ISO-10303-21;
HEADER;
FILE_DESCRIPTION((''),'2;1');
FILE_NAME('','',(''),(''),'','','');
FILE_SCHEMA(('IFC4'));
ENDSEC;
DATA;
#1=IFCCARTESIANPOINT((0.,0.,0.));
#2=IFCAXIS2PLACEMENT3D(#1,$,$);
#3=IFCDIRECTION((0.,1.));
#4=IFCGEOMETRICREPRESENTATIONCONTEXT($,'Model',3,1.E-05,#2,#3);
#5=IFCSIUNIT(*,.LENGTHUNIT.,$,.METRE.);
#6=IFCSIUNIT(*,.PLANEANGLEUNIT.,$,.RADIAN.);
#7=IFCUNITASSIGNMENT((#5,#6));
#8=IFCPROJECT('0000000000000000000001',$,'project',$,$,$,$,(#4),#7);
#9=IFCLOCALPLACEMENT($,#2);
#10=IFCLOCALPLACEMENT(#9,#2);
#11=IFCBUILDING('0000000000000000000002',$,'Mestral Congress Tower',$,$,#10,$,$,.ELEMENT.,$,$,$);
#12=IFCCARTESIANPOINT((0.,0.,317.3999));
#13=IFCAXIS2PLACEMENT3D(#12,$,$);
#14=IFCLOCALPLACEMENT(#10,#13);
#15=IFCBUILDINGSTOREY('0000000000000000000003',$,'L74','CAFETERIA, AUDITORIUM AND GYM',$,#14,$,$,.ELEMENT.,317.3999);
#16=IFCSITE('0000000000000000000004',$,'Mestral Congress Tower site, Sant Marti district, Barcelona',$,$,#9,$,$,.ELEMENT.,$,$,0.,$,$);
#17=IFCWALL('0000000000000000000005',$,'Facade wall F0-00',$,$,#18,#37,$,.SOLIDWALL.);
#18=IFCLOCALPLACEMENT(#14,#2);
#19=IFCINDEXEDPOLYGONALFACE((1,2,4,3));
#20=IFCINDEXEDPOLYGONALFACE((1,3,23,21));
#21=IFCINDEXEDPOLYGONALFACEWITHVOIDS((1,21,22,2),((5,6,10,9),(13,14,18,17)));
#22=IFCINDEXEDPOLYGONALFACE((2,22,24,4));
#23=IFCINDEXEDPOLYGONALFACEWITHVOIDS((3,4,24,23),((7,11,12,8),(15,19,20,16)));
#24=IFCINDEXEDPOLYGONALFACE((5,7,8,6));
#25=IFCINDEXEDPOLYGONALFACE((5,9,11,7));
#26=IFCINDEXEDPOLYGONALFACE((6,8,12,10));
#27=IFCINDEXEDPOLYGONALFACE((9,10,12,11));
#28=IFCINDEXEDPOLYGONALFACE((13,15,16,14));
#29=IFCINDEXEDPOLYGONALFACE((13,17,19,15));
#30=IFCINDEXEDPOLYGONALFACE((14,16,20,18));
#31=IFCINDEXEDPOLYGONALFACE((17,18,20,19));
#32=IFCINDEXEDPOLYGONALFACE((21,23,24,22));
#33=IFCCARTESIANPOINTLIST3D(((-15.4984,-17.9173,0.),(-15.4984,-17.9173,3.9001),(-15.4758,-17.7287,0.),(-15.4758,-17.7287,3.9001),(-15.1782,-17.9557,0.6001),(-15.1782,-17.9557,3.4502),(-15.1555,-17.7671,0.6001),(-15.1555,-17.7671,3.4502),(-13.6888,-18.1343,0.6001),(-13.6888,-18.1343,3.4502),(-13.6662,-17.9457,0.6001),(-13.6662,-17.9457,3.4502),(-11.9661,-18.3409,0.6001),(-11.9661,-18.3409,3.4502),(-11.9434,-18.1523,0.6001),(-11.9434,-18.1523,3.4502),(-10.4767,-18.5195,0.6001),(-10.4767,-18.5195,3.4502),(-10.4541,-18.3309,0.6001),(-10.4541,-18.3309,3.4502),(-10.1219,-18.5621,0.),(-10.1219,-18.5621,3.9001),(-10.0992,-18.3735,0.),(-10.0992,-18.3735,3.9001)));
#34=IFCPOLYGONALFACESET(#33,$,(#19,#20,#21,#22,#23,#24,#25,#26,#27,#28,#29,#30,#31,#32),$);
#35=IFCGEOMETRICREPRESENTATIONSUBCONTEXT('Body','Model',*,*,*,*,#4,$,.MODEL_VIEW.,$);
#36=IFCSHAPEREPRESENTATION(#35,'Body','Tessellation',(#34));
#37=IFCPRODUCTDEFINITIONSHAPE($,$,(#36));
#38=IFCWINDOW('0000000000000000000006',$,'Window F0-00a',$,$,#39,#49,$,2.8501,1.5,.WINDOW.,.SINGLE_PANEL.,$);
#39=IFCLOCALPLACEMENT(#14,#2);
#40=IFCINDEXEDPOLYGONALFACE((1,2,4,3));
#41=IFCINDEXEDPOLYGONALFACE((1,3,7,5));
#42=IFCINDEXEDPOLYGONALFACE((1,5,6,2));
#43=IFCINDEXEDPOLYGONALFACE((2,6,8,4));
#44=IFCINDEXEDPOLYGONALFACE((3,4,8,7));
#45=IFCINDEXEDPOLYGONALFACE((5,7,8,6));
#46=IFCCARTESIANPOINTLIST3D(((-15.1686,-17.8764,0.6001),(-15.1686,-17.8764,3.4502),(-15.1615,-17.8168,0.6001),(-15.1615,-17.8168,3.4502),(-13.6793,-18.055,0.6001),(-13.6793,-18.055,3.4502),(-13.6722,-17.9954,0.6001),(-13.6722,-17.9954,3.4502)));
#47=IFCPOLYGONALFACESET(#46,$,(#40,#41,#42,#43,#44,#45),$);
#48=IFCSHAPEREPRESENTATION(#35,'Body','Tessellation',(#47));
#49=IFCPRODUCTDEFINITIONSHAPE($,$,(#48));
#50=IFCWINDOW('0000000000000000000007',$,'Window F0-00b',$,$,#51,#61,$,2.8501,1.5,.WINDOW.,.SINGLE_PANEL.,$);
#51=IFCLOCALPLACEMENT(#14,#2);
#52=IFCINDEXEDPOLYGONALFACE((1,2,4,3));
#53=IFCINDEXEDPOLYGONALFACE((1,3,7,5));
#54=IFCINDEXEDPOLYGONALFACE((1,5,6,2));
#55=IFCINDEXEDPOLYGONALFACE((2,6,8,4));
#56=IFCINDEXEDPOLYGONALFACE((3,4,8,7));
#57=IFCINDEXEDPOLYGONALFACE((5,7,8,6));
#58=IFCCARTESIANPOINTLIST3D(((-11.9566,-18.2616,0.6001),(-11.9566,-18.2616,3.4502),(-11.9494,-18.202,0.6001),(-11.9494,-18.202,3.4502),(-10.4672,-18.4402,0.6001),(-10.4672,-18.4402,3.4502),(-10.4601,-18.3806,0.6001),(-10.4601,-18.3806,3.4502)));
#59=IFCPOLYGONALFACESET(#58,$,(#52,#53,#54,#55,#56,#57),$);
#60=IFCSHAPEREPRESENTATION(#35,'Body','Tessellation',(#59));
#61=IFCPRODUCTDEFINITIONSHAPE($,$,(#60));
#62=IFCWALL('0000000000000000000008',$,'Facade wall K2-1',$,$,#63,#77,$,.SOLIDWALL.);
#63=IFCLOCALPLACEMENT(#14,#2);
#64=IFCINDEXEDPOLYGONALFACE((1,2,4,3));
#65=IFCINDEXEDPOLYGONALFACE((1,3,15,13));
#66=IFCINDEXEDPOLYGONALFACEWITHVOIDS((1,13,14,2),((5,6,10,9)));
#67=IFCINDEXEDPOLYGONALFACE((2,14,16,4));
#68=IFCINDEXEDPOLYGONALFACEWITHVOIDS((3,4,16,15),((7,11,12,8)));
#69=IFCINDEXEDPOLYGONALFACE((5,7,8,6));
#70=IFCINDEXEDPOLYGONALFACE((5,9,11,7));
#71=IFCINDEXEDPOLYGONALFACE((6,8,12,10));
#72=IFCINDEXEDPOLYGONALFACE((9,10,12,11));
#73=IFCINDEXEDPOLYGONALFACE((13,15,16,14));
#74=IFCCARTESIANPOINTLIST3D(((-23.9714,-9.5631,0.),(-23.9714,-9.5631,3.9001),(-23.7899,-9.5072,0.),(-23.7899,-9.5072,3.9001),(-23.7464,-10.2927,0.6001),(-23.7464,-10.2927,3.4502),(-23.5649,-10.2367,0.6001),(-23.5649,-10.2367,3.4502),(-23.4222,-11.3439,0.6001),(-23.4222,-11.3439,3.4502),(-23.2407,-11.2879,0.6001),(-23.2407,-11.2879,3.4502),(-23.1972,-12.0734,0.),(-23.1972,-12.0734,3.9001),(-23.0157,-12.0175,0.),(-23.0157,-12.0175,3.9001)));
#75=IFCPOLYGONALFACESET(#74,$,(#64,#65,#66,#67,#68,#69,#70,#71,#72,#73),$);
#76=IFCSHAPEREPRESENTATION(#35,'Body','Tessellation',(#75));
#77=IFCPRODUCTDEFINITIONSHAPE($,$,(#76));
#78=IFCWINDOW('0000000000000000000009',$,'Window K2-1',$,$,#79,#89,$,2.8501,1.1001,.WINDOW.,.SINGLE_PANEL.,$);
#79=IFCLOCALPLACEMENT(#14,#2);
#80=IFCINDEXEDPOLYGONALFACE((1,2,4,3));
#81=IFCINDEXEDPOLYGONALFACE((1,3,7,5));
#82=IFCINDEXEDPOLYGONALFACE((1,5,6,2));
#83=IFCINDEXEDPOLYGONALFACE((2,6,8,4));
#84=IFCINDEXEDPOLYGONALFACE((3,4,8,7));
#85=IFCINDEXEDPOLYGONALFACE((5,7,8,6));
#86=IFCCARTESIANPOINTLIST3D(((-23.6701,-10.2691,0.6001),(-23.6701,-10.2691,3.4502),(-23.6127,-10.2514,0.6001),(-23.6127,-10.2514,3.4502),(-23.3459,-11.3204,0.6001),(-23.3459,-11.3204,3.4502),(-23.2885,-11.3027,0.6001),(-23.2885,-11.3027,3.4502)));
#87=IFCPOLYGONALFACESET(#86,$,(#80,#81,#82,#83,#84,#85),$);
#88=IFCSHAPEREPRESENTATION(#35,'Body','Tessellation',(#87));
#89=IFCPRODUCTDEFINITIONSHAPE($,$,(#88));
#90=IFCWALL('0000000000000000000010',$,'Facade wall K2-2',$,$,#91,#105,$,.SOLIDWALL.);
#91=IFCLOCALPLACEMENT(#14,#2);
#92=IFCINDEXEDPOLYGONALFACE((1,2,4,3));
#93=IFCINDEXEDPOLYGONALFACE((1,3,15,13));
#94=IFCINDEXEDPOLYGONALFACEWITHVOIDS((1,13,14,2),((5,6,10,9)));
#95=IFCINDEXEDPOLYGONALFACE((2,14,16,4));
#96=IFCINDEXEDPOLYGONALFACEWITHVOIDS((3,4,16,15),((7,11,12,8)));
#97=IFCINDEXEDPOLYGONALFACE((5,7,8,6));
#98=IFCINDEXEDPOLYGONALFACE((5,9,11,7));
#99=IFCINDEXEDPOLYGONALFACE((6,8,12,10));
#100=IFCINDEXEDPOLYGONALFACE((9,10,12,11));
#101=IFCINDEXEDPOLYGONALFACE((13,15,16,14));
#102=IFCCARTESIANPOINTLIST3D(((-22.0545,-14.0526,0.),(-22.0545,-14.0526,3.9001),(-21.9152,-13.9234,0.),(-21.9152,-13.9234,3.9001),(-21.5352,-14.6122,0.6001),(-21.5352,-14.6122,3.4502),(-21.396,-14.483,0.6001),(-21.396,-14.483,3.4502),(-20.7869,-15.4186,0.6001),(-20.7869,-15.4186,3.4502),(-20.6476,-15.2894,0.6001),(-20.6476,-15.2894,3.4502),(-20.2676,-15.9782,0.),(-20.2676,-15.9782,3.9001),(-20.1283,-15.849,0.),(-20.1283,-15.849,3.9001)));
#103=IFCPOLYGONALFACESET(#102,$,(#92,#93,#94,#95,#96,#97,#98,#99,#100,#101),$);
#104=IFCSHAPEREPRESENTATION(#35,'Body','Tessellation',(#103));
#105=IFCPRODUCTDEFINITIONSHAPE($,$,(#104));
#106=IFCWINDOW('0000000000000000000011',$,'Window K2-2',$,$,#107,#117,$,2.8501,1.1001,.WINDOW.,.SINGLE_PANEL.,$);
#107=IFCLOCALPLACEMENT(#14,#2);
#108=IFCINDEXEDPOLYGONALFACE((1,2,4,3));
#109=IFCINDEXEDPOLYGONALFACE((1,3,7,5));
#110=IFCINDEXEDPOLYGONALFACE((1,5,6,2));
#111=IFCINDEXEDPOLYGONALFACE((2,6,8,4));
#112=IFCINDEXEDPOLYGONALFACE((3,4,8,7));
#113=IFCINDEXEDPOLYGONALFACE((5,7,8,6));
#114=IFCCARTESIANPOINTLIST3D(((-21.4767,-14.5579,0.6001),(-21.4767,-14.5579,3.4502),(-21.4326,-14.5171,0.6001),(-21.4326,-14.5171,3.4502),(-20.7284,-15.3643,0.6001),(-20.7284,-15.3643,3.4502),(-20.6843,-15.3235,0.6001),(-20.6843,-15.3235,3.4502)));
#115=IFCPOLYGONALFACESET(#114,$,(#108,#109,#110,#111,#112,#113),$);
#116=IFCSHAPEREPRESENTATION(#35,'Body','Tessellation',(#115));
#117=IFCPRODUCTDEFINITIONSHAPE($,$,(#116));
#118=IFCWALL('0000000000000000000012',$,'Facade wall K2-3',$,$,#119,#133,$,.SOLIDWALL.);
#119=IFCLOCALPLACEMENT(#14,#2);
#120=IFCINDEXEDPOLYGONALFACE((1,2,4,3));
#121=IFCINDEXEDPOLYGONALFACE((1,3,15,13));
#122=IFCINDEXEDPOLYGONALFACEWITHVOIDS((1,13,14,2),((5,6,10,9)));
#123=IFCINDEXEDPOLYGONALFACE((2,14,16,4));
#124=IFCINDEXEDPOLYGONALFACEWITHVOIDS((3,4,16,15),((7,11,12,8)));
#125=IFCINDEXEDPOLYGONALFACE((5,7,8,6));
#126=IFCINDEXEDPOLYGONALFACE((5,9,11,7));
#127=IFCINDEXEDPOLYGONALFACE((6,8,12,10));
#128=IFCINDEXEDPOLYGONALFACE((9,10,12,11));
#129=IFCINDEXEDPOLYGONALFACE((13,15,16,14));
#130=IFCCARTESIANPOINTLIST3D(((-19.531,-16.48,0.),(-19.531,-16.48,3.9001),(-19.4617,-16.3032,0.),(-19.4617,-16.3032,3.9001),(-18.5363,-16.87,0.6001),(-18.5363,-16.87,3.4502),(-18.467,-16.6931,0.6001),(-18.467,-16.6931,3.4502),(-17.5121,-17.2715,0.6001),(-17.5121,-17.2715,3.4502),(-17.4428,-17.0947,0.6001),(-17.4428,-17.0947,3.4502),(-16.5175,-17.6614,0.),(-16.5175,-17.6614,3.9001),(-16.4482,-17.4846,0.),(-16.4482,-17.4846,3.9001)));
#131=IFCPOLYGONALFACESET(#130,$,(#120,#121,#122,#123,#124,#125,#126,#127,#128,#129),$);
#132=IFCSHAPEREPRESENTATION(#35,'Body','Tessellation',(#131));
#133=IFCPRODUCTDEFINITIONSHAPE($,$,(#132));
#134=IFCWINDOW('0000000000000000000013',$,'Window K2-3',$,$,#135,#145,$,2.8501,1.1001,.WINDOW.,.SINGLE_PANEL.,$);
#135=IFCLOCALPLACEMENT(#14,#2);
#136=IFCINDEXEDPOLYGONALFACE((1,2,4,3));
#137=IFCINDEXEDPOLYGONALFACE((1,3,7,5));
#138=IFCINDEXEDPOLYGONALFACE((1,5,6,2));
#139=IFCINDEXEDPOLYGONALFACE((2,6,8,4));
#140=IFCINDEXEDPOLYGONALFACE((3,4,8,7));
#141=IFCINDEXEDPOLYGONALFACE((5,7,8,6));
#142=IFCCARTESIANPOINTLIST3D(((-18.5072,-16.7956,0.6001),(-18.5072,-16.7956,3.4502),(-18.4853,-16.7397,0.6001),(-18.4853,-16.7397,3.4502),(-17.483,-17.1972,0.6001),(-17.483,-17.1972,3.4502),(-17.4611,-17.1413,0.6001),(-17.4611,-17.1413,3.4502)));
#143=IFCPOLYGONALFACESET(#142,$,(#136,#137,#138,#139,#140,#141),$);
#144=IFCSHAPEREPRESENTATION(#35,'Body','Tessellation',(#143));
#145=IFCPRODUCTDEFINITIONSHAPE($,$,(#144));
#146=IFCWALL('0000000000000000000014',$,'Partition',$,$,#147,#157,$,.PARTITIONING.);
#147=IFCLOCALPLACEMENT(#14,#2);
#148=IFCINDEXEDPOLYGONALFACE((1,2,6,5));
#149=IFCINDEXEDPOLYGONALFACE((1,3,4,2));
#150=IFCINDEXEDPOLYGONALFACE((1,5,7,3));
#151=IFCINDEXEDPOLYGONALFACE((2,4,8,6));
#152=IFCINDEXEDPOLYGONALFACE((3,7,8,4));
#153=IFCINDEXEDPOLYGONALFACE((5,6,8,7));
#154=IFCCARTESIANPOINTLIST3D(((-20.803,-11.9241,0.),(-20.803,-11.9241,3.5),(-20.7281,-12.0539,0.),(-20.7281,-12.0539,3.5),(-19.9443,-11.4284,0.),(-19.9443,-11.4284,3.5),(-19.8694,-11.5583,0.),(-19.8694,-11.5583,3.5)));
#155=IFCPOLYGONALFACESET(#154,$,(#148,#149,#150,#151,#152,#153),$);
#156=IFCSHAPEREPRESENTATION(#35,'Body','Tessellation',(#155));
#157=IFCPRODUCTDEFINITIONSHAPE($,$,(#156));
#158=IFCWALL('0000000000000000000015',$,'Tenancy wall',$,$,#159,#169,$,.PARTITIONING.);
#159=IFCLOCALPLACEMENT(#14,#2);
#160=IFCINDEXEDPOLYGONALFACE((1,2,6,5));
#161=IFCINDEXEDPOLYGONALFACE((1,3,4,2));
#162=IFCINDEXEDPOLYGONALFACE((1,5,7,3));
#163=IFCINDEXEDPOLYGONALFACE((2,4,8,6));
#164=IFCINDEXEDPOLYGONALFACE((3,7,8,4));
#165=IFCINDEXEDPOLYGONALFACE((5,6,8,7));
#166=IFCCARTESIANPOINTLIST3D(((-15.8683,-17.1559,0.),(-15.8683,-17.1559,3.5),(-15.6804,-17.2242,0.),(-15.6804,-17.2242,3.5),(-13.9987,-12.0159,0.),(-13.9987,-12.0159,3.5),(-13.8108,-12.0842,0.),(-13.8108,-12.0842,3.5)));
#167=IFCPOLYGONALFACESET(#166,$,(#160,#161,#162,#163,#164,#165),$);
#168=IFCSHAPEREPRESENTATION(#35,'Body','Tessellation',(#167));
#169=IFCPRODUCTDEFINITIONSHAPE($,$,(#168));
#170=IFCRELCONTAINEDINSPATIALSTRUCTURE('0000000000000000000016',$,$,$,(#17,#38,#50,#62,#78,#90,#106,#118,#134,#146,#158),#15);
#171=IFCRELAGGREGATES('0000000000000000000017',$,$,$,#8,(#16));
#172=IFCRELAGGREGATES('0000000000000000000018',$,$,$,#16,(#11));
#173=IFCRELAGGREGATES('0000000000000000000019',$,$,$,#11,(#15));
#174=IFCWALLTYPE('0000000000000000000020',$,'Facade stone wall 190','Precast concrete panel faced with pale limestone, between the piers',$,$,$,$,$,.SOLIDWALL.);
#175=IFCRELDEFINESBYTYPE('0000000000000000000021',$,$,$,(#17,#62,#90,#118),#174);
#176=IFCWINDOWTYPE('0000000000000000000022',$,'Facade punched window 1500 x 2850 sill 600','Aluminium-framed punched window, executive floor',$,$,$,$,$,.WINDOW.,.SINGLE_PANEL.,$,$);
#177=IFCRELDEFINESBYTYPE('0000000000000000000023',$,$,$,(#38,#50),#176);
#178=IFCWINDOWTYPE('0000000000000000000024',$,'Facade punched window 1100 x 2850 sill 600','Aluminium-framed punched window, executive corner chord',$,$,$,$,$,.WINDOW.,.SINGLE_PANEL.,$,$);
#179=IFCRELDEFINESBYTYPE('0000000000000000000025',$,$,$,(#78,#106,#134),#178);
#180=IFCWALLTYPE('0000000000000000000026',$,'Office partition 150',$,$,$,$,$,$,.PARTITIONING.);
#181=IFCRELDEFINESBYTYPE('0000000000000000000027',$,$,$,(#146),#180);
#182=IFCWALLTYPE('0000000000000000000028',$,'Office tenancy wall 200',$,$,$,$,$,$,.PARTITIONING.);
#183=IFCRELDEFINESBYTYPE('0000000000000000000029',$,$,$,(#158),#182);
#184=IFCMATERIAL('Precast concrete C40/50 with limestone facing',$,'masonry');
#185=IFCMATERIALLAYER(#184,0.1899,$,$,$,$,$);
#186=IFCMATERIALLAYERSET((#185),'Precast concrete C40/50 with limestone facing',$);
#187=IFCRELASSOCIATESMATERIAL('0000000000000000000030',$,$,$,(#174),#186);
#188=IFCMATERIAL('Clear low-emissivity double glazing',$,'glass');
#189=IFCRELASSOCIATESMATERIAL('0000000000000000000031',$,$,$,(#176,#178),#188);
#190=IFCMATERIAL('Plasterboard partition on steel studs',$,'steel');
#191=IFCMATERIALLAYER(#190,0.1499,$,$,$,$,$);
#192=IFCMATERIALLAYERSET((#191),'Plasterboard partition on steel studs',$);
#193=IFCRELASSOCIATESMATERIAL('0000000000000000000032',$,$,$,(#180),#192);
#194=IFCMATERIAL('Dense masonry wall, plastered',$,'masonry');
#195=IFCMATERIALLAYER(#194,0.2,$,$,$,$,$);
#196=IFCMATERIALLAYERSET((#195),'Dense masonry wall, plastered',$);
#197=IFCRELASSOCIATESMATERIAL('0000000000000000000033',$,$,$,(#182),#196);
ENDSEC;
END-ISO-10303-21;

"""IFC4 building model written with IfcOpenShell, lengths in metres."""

from ifc_helpers import new_model, si_unit, direction, frame, frame_2d, origin, place, context, subcontext, project, spatial, rectangle, extrude, material, layer, layer_set, type_object, element, fill, save


model = new_model("IFC4")

# Units and contexts
model_context = context("Model", 3, precision=1e-05, world=origin(), true_north=direction((0.0, 1.0)))
body_context = subcontext(model_context, "Body", "Model", "MODEL_VIEW")
ifc_project = project(units=[si_unit("LENGTHUNIT", "METRE"), si_unit("PLANEANGLEUNIT", "RADIAN")], contexts=[model_context])

# Site, building, storey
site_placement = place(None, origin())
site = spatial("IfcSite", under=ifc_project, at=site_placement, Name="Mestral Congress Tower site, Sant Marti district, Barcelona", CompositionType="ELEMENT", RefElevation=0.0)
building_placement = place(site_placement, origin())
building = spatial("IfcBuilding", under=site, at=building_placement, Name="Mestral Congress Tower", CompositionType="ELEMENT")
storey_placement = place(building_placement, frame((0.0, 0.0, 317.3999)))
storey = spatial("IfcBuildingStorey", under=building, at=storey_placement, Name="L74", Description="CAFETERIA, AUDITORIUM AND GYM", CompositionType="ELEMENT", Elevation=317.3999)

# Wall, openings, windows
ifc_material_1 = material(Name="Precast concrete C40/50 with limestone facing", Category="masonry")
ifc_layer_1 = layer(ifc_material_1, 0.1899)
ifc_layer_set_1 = layer_set([ifc_layer_1], Name="Precast concrete C40/50 with limestone facing")
wall_type_1 = type_object("IfcWallType", Name="Facade stone wall 190", Description="Precast concrete panel faced with pale limestone, between the piers", PredefinedType="SOLIDWALL", material=ifc_layer_set_1)
wall_1_placement = place(storey_placement, frame((-15.4871, -17.823, 0.0), z_axis=(0.0, 0.0, 1.0), x_axis=(0.992886, -0.119072, 0.0)))
wall_1 = element("IfcWall", 1, at=wall_1_placement, inside=storey, type_object=wall_type_1, Name="Facade wall F0-00", PredefinedType="SOLIDWALL", context=body_context, shape_type="SweptSolid", body=[
    extrude(rectangle(XDim=5.415, YDim=0.1899, at=frame_2d((2.7075, 0.0))), origin(), (0.0, 0.0, 1.0), 3.9001),
])
opening_1_placement = place(wall_1_placement, frame((0.3225, 0.0, 0.6001)))
opening_1 = element("IfcOpeningElement", 2, at=opening_1_placement, cuts=wall_1, PredefinedType="OPENING", context=body_context, shape_type="SweptSolid", body=[
    extrude(rectangle(XDim=1.5, YDim=2.8501, at=frame_2d((0.75, 1.425))), frame((0.0, 0.105, 0.0), z_axis=(0.0, -1.0, 0.0), x_axis=(1.0, 0.0, 0.0)), (0.0, 0.0, 1.0), 0.21),
])
opening_2_placement = place(wall_1_placement, frame((3.5576, 0.0, 0.6001)))
opening_2 = element("IfcOpeningElement", 3, at=opening_2_placement, cuts=wall_1, PredefinedType="OPENING", context=body_context, shape_type="SweptSolid", body=[
    extrude(rectangle(XDim=1.5, YDim=2.8501, at=frame_2d((0.75, 1.425))), frame((0.0, 0.105, 0.0), z_axis=(0.0, -1.0, 0.0), x_axis=(1.0, 0.0, 0.0)), (0.0, 0.0, 1.0), 0.21),
])
ifc_material_2 = material(Name="Clear low-emissivity double glazing", Category="glass")
window_type_1 = type_object("IfcWindowType", Name="Facade punched window 1500 x 2850 sill 600", Description="Aluminium-framed punched window, executive floor", PartitioningType="SINGLE_PANEL", PredefinedType="WINDOW", material=ifc_material_2)
window_1_placement = place(opening_1_placement, origin())
window_1 = element("IfcWindow", 4, at=window_1_placement, inside=storey, type_object=window_type_1, Name="Window F0-00a", OverallHeight=2.8501, OverallWidth=1.5, PartitioningType="SINGLE_PANEL", PredefinedType="WINDOW", context=body_context, shape_type="SweptSolid", body=[
    extrude(rectangle(XDim=1.5, YDim=2.8501, at=frame_2d((0.75, 1.425))), frame((0.0, 0.0449, 0.0), z_axis=(0.0, -1.0, 0.0), x_axis=(1.0, 0.0, 0.0)), (0.0, 0.0, 1.0), 0.0601),
])
fill(opening_1, window_1)
window_2_placement = place(opening_2_placement, origin())
window_2 = element("IfcWindow", 5, at=window_2_placement, inside=storey, type_object=window_type_1, Name="Window F0-00b", OverallHeight=2.8501, OverallWidth=1.5, PartitioningType="SINGLE_PANEL", PredefinedType="WINDOW", context=body_context, shape_type="SweptSolid", body=[
    extrude(rectangle(XDim=1.5, YDim=2.8501, at=frame_2d((0.75, 1.425))), frame((0.0, 0.0449, 0.0), z_axis=(0.0, -1.0, 0.0), x_axis=(1.0, 0.0, 0.0)), (0.0, 0.0, 1.0), 0.0601),
])
fill(opening_2, window_2)

# Walls, openings, windows
wall_2_placement = place(storey_placement, frame((-23.8806, -9.5352, 0.0), z_axis=(0.0, 0.0, 1.0), x_axis=(0.294706, -0.955588, 0.0)))
wall_2 = element("IfcWall", 6, at=wall_2_placement, inside=storey, type_object=wall_type_1, Name="Facade wall K2-1", PredefinedType="SOLIDWALL", context=body_context, shape_type="SweptSolid", body=[
    extrude(rectangle(XDim=2.627, YDim=0.1899, at=frame_2d((1.3135, 0.0))), origin(), (0.0, 0.0, 1.0), 3.9001),
])
opening_3_placement = place(wall_2_placement, frame((0.7634, 0.0, 0.6001)))
opening_3 = element("IfcOpeningElement", 7, at=opening_3_placement, cuts=wall_2, PredefinedType="OPENING", context=body_context, shape_type="SweptSolid", body=[
    extrude(rectangle(XDim=1.1001, YDim=2.8501, at=frame_2d((0.55, 1.425))), frame((0.0, 0.105, 0.0), z_axis=(0.0, -1.0, 0.0), x_axis=(1.0, 0.0, 0.0)), (0.0, 0.0, 1.0), 0.21),
])
window_type_2 = type_object("IfcWindowType", Name="Facade punched window 1100 x 2850 sill 600", Description="Aluminium-framed punched window, executive corner chord", PartitioningType="SINGLE_PANEL", PredefinedType="WINDOW", material=ifc_material_2)
window_3_placement = place(opening_3_placement, origin())
window_3 = element("IfcWindow", 8, at=window_3_placement, inside=storey, type_object=window_type_2, Name="Window K2-1", OverallHeight=2.8501, OverallWidth=1.1001, PartitioningType="SINGLE_PANEL", PredefinedType="WINDOW", context=body_context, shape_type="SweptSolid", body=[
    extrude(rectangle(XDim=1.1001, YDim=2.8501, at=frame_2d((0.55, 1.425))), frame((0.0, 0.0449, 0.0), z_axis=(0.0, -1.0, 0.0), x_axis=(1.0, 0.0, 0.0)), (0.0, 0.0, 1.0), 0.0601),
])
fill(opening_3, window_3)
wall_3_placement = place(storey_placement, frame((-21.9849, -13.988, 0.0), z_axis=(0.0, 0.0, 1.0), x_axis=(0.680219, -0.733009, 0.0)))
wall_3 = element("IfcWall", 9, at=wall_3_placement, inside=storey, type_object=wall_type_1, Name="Facade wall K2-2", PredefinedType="SOLIDWALL", context=body_context, shape_type="SweptSolid", body=[
    extrude(rectangle(XDim=2.627, YDim=0.1899, at=frame_2d((1.3135, 0.0))), origin(), (0.0, 0.0, 1.0), 3.9001),
])
opening_4_placement = place(wall_3_placement, frame((0.7634, 0.0, 0.6001)))
opening_4 = element("IfcOpeningElement", 10, at=opening_4_placement, cuts=wall_3, PredefinedType="OPENING", context=body_context, shape_type="SweptSolid", body=[
    extrude(rectangle(XDim=1.1001, YDim=2.8501, at=frame_2d((0.55, 1.425))), frame((0.0, 0.105, 0.0), z_axis=(0.0, -1.0, 0.0), x_axis=(1.0, 0.0, 0.0)), (0.0, 0.0, 1.0), 0.21),
])
window_4_placement = place(opening_4_placement, origin())
window_4 = element("IfcWindow", 11, at=window_4_placement, inside=storey, type_object=window_type_2, Name="Window K2-2", OverallHeight=2.8501, OverallWidth=1.1001, PartitioningType="SINGLE_PANEL", PredefinedType="WINDOW", context=body_context, shape_type="SweptSolid", body=[
    extrude(rectangle(XDim=1.1001, YDim=2.8501, at=frame_2d((0.55, 1.425))), frame((0.0, 0.0449, 0.0), z_axis=(0.0, -1.0, 0.0), x_axis=(1.0, 0.0, 0.0)), (0.0, 0.0, 1.0), 0.0601),
])
fill(opening_4, window_4)
wall_4_placement = place(storey_placement, frame((-19.4963, -16.3916, 0.0), z_axis=(0.0, 0.0, 1.0), x_axis=(0.931009, -0.364997, 0.0)))
wall_4 = element("IfcWall", 12, at=wall_4_placement, inside=storey, type_object=wall_type_1, Name="Facade wall K2-3", PredefinedType="SOLIDWALL", context=body_context, shape_type="SweptSolid", body=[
    extrude(rectangle(XDim=3.2368, YDim=0.1899, at=frame_2d((1.6184, 0.0))), origin(), (0.0, 0.0, 1.0), 3.9001),
])
opening_5_placement = place(wall_4_placement, frame((1.0684, 0.0, 0.6001)))
opening_5 = element("IfcOpeningElement", 13, at=opening_5_placement, cuts=wall_4, PredefinedType="OPENING", context=body_context, shape_type="SweptSolid", body=[
    extrude(rectangle(XDim=1.1001, YDim=2.8501, at=frame_2d((0.55, 1.425))), frame((0.0, 0.105, 0.0), z_axis=(0.0, -1.0, 0.0), x_axis=(1.0, 0.0, 0.0)), (0.0, 0.0, 1.0), 0.21),
])
window_5_placement = place(opening_5_placement, origin())
window_5 = element("IfcWindow", 14, at=window_5_placement, inside=storey, type_object=window_type_2, Name="Window K2-3", OverallHeight=2.8501, OverallWidth=1.1001, PartitioningType="SINGLE_PANEL", PredefinedType="WINDOW", context=body_context, shape_type="SweptSolid", body=[
    extrude(rectangle(XDim=1.1001, YDim=2.8501, at=frame_2d((0.55, 1.425))), frame((0.0, 0.0449, 0.0), z_axis=(0.0, -1.0, 0.0), x_axis=(1.0, 0.0, 0.0)), (0.0, 0.0, 1.0), 0.0601),
])
fill(opening_5, window_5)

# Walls
ifc_material_3 = material(Name="Plasterboard partition on steel studs", Category="steel")
ifc_layer_2 = layer(ifc_material_3, 0.1499)
ifc_layer_set_2 = layer_set([ifc_layer_2], Name="Plasterboard partition on steel studs")
wall_type_2 = type_object("IfcWallType", Name="Office partition 150", PredefinedType="PARTITIONING", material=ifc_layer_set_2)
wall_5_placement = place(storey_placement, frame((-19.907, -11.4934, 0.0), z_axis=(0.0, 0.0, 1.0), x_axis=(-0.866083, -0.4999, 0.0)))
element("IfcWall", 15, at=wall_5_placement, inside=storey, type_object=wall_type_2, Name="Partition", PredefinedType="PARTITIONING", context=body_context, shape_type="SweptSolid", body=[
    extrude(rectangle(XDim=0.9915, YDim=0.1499, at=frame_2d((0.4956, 0.0))), origin(), (0.0, 0.0, 1.0), 3.5),
])
ifc_material_4 = material(Name="Dense masonry wall, plastered", Category="masonry")
ifc_layer_3 = layer(ifc_material_4, 0.2)
ifc_layer_set_3 = layer_set([ifc_layer_3], Name="Dense masonry wall, plastered")
wall_type_3 = type_object("IfcWallType", Name="Office tenancy wall 200", PredefinedType="PARTITIONING", material=ifc_layer_set_3)
wall_6_placement = place(storey_placement, frame((-15.7744, -17.1902, 0.0), z_axis=(0.0, 0.0, 1.0), x_axis=(0.341822, 0.939765, 0.0)))
element("IfcWall", 16, at=wall_6_placement, inside=storey, type_object=wall_type_3, Name="Tenancy wall", PredefinedType="PARTITIONING", context=body_context, shape_type="SweptSolid", body=[
    extrude(rectangle(XDim=5.4695, YDim=0.2, at=frame_2d((2.7349, 0.0))), origin(), (0.0, 0.0, 1.0), 3.5),
])

save(model, "model.ifc")
